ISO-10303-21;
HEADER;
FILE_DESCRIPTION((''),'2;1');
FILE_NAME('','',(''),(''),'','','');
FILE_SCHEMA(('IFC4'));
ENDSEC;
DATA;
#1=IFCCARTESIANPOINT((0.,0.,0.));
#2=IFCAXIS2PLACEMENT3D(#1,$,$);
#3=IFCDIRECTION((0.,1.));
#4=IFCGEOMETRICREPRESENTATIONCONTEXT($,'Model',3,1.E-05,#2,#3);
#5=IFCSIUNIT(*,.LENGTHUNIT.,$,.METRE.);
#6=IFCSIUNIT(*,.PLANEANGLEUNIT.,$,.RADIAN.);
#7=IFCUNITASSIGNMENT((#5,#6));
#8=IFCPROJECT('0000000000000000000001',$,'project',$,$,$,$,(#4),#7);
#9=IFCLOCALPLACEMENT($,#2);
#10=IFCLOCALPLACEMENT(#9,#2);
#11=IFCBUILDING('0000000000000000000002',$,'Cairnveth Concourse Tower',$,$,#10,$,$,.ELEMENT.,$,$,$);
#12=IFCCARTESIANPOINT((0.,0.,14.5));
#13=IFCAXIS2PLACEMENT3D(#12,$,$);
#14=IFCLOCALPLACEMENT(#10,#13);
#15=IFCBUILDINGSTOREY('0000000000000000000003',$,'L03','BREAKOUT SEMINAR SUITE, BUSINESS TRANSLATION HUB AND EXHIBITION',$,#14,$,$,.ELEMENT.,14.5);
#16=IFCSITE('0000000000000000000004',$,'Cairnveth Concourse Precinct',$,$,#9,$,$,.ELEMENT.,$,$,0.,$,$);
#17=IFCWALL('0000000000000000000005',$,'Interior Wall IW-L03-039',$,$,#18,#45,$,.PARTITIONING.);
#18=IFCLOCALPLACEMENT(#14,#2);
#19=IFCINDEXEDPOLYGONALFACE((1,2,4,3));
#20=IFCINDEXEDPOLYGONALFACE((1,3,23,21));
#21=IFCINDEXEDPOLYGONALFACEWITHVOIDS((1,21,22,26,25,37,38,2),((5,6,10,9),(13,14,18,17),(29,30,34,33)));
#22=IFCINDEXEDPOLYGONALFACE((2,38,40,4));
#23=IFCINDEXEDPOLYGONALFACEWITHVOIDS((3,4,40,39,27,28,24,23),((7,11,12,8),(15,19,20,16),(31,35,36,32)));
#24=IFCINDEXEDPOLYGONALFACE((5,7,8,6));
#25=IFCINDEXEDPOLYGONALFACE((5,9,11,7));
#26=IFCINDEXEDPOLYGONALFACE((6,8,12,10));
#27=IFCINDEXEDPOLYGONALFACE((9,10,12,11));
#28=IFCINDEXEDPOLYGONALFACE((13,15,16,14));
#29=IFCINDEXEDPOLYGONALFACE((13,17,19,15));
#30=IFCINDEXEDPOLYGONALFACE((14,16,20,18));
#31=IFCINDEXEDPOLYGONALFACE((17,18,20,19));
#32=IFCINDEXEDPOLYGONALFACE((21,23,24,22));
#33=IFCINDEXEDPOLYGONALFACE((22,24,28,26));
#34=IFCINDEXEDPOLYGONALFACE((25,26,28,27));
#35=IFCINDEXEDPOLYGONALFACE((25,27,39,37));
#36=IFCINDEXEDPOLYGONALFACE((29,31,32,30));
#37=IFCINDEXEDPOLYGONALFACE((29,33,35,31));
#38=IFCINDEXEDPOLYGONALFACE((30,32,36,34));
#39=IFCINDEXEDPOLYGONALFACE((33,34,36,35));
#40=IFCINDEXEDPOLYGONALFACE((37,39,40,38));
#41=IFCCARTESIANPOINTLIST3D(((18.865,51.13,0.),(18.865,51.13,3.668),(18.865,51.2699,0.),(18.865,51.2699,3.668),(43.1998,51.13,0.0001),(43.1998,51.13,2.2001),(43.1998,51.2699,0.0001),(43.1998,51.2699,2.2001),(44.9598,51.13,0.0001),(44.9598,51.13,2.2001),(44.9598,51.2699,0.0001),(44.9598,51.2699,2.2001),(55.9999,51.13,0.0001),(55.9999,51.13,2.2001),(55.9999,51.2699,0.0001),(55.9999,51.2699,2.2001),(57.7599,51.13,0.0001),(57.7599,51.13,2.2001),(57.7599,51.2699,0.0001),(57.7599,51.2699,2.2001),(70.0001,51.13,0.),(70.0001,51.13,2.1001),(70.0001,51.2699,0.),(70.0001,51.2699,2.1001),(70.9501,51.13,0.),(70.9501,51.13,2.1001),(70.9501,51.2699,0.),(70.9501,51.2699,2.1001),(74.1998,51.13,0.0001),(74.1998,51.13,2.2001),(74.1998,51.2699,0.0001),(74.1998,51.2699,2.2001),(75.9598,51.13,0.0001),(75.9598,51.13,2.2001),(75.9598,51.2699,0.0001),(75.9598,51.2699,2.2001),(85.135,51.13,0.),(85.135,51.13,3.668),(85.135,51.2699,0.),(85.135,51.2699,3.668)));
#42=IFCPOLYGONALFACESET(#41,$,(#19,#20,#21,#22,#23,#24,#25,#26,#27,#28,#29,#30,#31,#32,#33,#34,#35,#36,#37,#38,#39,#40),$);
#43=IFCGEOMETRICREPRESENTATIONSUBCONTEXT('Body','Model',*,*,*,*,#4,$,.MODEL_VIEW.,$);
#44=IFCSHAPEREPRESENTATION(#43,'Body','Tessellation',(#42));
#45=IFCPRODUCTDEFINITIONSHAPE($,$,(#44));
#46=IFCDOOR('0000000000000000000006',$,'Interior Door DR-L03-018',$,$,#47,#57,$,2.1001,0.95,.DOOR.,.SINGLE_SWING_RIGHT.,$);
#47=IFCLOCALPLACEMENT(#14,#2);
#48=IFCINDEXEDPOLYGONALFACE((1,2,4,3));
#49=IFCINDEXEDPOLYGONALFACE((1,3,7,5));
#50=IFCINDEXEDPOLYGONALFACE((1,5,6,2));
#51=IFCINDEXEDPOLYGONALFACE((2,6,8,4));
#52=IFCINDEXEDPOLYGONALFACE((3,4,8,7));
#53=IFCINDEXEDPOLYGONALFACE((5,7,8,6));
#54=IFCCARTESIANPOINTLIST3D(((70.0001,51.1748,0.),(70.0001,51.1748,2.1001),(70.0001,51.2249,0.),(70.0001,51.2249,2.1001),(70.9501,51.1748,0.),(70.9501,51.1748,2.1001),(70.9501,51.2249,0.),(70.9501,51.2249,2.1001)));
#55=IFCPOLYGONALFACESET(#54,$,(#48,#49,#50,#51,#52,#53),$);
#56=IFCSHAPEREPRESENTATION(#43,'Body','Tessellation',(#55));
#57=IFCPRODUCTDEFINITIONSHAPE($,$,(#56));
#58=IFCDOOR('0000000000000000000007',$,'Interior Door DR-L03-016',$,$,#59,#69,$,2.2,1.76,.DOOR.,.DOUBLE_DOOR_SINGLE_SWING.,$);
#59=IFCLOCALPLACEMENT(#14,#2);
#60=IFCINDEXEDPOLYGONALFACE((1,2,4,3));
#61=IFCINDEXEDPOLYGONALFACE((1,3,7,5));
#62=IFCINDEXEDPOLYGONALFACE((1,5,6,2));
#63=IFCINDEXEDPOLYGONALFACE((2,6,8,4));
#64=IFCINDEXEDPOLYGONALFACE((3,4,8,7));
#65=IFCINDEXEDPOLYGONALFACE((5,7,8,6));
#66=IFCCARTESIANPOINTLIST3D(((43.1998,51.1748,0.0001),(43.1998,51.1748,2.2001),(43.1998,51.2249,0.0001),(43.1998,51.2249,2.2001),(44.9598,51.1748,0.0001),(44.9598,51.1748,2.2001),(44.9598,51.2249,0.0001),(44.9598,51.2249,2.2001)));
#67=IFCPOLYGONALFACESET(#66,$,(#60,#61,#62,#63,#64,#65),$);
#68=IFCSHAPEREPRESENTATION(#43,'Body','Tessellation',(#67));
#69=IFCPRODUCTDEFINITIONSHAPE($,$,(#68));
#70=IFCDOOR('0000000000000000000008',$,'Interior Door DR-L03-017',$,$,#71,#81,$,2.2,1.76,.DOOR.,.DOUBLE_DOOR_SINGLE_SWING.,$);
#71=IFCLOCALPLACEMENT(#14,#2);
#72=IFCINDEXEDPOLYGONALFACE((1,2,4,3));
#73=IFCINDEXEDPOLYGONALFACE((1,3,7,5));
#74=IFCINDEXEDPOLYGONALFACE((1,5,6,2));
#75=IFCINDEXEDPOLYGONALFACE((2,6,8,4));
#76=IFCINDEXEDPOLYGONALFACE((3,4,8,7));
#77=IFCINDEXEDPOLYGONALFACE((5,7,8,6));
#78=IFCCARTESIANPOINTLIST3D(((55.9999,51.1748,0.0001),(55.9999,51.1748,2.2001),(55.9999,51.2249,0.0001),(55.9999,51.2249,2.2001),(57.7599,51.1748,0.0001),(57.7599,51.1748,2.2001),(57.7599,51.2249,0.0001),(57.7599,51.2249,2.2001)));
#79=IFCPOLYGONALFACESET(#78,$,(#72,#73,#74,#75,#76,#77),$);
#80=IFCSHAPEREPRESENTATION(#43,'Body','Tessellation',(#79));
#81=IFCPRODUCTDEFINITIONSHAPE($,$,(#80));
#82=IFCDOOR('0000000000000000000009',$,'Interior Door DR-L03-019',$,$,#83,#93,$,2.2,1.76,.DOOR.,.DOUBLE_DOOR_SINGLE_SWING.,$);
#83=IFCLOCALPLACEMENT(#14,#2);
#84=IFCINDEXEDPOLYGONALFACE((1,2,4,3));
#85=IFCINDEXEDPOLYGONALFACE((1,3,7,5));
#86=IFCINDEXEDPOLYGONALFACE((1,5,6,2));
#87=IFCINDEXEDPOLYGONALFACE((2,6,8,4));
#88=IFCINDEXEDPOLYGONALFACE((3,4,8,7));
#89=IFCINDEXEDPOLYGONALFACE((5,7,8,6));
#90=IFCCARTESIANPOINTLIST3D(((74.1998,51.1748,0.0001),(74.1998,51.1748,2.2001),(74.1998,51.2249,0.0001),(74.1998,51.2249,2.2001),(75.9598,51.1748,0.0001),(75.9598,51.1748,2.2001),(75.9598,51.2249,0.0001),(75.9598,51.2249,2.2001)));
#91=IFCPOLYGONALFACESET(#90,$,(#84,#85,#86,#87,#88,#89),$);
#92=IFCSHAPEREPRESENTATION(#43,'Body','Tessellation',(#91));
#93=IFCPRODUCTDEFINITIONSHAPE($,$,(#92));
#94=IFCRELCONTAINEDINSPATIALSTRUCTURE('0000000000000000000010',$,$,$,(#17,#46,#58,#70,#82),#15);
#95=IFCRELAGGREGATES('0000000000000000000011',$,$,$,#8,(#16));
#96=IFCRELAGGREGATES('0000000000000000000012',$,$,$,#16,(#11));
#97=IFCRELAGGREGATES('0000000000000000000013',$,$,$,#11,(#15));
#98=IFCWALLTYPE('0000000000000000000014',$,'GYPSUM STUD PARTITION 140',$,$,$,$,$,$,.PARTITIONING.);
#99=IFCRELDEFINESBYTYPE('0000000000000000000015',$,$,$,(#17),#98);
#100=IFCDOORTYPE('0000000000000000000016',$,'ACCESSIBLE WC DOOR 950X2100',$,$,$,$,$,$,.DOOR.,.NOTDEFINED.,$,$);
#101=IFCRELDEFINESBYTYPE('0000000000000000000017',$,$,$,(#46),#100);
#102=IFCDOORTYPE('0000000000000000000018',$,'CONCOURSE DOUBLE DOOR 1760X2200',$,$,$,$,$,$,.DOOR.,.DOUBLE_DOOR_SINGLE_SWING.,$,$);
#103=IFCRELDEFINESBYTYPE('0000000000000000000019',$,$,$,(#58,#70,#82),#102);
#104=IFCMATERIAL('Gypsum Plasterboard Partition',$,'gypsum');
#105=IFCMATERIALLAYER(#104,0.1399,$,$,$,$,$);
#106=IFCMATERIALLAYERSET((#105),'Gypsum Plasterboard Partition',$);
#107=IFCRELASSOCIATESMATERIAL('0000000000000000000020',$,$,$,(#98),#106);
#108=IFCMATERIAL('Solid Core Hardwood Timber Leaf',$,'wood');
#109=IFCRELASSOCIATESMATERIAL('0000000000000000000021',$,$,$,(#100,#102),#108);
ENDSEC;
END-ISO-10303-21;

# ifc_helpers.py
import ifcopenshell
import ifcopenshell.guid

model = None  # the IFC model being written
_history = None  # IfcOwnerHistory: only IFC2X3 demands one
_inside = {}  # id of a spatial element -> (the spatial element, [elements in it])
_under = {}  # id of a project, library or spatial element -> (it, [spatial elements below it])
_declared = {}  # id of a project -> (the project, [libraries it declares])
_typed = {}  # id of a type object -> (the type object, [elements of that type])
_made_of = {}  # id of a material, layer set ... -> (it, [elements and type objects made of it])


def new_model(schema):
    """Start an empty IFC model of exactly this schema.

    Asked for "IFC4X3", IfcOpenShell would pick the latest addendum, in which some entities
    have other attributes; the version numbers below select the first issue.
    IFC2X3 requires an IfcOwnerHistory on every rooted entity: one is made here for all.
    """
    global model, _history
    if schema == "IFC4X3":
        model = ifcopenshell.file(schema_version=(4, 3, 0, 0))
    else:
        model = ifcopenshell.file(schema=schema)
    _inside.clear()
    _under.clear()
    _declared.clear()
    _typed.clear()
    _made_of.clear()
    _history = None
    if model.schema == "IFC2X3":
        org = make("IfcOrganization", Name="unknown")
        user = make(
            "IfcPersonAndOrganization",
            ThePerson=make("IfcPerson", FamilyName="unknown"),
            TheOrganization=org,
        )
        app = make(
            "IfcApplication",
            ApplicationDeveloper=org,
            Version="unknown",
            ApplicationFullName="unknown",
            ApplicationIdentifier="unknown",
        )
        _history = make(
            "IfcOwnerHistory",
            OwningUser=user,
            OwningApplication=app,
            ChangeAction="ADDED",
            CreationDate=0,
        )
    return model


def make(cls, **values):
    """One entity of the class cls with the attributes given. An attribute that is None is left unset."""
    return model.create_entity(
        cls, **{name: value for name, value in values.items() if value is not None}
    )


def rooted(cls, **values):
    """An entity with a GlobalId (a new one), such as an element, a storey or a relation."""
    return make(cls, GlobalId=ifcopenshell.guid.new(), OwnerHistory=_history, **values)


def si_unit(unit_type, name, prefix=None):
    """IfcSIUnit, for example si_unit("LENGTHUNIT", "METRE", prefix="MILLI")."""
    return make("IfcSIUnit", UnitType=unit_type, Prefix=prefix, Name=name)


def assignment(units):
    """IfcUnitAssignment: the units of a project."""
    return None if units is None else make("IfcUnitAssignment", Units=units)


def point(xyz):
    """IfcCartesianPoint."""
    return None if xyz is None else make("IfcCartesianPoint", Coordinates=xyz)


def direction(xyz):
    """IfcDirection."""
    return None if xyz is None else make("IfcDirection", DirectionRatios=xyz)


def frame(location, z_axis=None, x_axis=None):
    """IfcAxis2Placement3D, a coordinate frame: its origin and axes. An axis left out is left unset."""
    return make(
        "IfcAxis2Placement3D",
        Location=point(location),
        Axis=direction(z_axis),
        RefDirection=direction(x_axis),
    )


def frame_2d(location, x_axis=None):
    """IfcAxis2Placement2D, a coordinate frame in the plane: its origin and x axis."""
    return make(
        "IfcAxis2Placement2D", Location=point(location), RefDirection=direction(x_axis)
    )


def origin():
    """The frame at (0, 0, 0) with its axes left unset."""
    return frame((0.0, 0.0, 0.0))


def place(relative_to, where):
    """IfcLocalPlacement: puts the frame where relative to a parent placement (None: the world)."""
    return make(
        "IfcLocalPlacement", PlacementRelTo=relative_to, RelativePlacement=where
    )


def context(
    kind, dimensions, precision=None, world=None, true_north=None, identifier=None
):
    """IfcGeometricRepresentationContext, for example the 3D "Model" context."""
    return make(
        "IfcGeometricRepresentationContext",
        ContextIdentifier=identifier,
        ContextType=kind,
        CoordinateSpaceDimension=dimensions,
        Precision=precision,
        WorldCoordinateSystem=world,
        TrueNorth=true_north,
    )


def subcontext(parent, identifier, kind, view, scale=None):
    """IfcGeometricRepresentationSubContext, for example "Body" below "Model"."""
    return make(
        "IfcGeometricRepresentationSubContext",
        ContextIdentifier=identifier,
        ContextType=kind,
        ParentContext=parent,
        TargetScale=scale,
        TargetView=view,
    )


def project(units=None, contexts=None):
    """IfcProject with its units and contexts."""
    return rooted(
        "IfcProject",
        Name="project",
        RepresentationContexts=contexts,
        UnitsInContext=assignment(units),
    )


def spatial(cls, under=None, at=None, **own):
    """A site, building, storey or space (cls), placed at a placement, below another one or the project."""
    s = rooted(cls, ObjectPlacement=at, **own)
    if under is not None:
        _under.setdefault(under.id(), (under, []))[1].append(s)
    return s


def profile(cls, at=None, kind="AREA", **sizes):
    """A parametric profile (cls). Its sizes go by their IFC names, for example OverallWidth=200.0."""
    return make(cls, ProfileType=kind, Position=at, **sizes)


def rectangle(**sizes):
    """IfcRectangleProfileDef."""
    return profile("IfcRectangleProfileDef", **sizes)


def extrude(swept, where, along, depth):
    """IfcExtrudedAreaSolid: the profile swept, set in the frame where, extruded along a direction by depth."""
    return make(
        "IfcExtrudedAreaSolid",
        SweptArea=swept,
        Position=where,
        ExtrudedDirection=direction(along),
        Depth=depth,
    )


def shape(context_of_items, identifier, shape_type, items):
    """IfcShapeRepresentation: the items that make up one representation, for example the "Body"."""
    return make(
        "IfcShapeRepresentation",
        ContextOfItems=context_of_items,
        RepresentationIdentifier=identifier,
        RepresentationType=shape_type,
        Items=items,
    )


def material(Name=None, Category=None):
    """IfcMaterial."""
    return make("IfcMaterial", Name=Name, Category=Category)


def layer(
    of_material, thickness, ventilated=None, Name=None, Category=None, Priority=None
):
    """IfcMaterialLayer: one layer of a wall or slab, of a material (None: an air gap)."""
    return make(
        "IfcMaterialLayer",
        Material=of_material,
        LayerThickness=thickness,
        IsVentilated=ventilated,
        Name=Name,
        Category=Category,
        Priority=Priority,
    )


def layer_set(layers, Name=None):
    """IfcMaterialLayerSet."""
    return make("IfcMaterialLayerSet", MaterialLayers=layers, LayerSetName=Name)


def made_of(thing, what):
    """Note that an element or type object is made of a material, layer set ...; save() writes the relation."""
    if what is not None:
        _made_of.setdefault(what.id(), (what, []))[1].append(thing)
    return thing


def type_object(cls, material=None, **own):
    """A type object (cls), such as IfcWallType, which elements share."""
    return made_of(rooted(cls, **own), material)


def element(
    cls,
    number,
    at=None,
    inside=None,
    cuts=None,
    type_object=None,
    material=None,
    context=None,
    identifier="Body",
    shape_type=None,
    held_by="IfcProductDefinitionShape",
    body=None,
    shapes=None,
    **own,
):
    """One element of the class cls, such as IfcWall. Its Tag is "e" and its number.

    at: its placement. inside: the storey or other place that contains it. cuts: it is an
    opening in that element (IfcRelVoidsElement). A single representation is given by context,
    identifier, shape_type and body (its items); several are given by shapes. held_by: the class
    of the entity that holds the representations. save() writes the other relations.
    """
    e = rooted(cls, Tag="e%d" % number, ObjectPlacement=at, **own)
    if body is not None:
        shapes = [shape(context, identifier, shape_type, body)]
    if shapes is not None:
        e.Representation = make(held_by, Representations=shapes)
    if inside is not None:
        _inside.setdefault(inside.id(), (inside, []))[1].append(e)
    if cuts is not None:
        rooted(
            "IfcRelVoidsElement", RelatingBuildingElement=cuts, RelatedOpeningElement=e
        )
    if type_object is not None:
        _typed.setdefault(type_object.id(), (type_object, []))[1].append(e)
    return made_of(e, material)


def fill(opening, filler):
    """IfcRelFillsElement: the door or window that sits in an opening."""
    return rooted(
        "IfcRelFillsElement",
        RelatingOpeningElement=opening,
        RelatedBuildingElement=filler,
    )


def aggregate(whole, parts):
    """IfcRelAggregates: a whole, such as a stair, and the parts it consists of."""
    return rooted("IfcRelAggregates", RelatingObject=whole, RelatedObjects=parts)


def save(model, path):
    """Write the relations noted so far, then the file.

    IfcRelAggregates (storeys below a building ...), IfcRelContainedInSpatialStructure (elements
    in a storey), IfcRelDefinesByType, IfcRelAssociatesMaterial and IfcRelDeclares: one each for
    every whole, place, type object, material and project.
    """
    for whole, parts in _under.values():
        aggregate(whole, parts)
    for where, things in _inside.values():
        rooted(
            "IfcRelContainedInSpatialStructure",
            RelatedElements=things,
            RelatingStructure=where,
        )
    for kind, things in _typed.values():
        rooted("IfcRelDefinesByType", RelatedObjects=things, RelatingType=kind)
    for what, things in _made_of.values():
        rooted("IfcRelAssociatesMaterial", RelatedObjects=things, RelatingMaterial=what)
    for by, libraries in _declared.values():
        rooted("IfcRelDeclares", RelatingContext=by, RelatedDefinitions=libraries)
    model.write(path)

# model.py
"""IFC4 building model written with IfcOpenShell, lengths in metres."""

from ifc_helpers import new_model, si_unit, direction, frame, frame_2d, origin, place, context, subcontext, project, spatial, rectangle, extrude, material, layer, layer_set, type_object, element, fill, save


model = new_model("IFC4")

# Units and contexts
model_context = context("Model", 3, precision=1e-05, world=origin(), true_north=direction((0.0, 1.0)))
body_context = subcontext(model_context, "Body", "Model", "MODEL_VIEW")
ifc_project = project(units=[si_unit("LENGTHUNIT", "METRE"), si_unit("PLANEANGLEUNIT", "RADIAN")], contexts=[model_context])

# Site, building, storey
site_placement = place(None, origin())
site = spatial("IfcSite", under=ifc_project, at=site_placement, Name="Cairnveth Concourse Precinct", CompositionType="ELEMENT", RefElevation=0.0)
building_placement = place(site_placement, origin())
building = spatial("IfcBuilding", under=site, at=building_placement, Name="Cairnveth Concourse Tower", CompositionType="ELEMENT")
storey_placement = place(building_placement, frame((0.0, 0.0, 14.5)))
storey = spatial("IfcBuildingStorey", under=building, at=storey_placement, Name="L03", Description="BREAKOUT SEMINAR SUITE, BUSINESS TRANSLATION HUB AND EXHIBITION", CompositionType="ELEMENT", Elevation=14.5)

# Wall, openings, doors
ifc_material_1 = material(Name="Gypsum Plasterboard Partition", Category="gypsum")
ifc_layer_1 = layer(ifc_material_1, 0.1399)
ifc_layer_set_1 = layer_set([ifc_layer_1], Name="Gypsum Plasterboard Partition")
wall_type_1 = type_object("IfcWallType", Name="GYPSUM STUD PARTITION 140", PredefinedType="PARTITIONING", material=ifc_layer_set_1)
wall_1_placement = place(storey_placement, frame((18.865, 51.2, 0.0), z_axis=(0.0, 0.0, 1.0), x_axis=(1.0, 0.0, 0.0)))
wall_1 = element("IfcWall", 1, at=wall_1_placement, inside=storey, type_object=wall_type_1, Name="Interior Wall IW-L03-039", PredefinedType="PARTITIONING", context=body_context, shape_type="SweptSolid", body=[
    extrude(rectangle(XDim=66.27, YDim=0.1399, at=frame_2d((33.135, 0.0))), origin(), (0.0, 0.0, 1.0), 3.668),
])
opening_1_placement = place(wall_1_placement, frame((24.335, 0.0, 0.0)))
opening_1 = element("IfcOpeningElement", 2, at=opening_1_placement, cuts=wall_1, PredefinedType="OPENING", context=body_context, shape_type="SweptSolid", body=[
    extrude(rectangle(XDim=1.76, YDim=2.2, at=frame_2d((0.8799, 1.1001))), frame((0.0, 0.0798, 0.0), z_axis=(0.0, -1.0, 0.0), x_axis=(1.0, 0.0, 0.0)), (0.0, 0.0, 1.0), 0.1599),
])
opening_2_placement = place(wall_1_placement, frame((37.135, 0.0, 0.0)))
opening_2 = element("IfcOpeningElement", 3, at=opening_2_placement, cuts=wall_1, PredefinedType="OPENING", context=body_context, shape_type="SweptSolid", body=[
    extrude(rectangle(XDim=1.76, YDim=2.2, at=frame_2d((0.8799, 1.1001))), frame((0.0, 0.0798, 0.0), z_axis=(0.0, -1.0, 0.0), x_axis=(1.0, 0.0, 0.0)), (0.0, 0.0, 1.0), 0.1599),
])
opening_3_placement = place(wall_1_placement, frame((51.135, 0.0, 0.0)))
opening_3 = element("IfcOpeningElement", 4, at=opening_3_placement, cuts=wall_1, PredefinedType="OPENING", context=body_context, shape_type="SweptSolid", body=[
    extrude(rectangle(XDim=0.95, YDim=2.1001, at=frame_2d((0.4751, 1.05))), frame((0.0, 0.0798, 0.0), z_axis=(0.0, -1.0, 0.0), x_axis=(1.0, 0.0, 0.0)), (0.0, 0.0, 1.0), 0.1599),
])
opening_4_placement = place(wall_1_placement, frame((55.335, 0.0, 0.0)))
opening_4 = element("IfcOpeningElement", 5, at=opening_4_placement, cuts=wall_1, PredefinedType="OPENING", context=body_context, shape_type="SweptSolid", body=[
    extrude(rectangle(XDim=1.76, YDim=2.2, at=frame_2d((0.8799, 1.1001))), frame((0.0, 0.0798, 0.0), z_axis=(0.0, -1.0, 0.0), x_axis=(1.0, 0.0, 0.0)), (0.0, 0.0, 1.0), 0.1599),
])
ifc_material_2 = material(Name="Solid Core Hardwood Timber Leaf", Category="wood")
door_type_1 = type_object("IfcDoorType", Name="ACCESSIBLE WC DOOR 950X2100", OperationType="NOTDEFINED", PredefinedType="DOOR", material=ifc_material_2)
door_1_placement = place(opening_3_placement, origin())
door_1 = element("IfcDoor", 6, at=door_1_placement, inside=storey, type_object=door_type_1, Name="Interior Door DR-L03-018", OperationType="SINGLE_SWING_RIGHT", OverallHeight=2.1001, OverallWidth=0.95, PredefinedType="DOOR", context=body_context, shape_type="SweptSolid", body=[
    extrude(rectangle(XDim=0.95, YDim=2.1001, at=frame_2d((0.4751, 1.05))), frame((0.0, 0.0249, 0.0), z_axis=(0.0, -1.0, 0.0), x_axis=(1.0, 0.0, 0.0)), (0.0, 0.0, 1.0), 0.05),
])
fill(opening_3, door_1)
door_type_2 = type_object("IfcDoorType", Name="CONCOURSE DOUBLE DOOR 1760X2200", OperationType="DOUBLE_DOOR_SINGLE_SWING", PredefinedType="DOOR", material=ifc_material_2)
door_2_placement = place(opening_1_placement, origin())
door_2 = element("IfcDoor", 7, at=door_2_placement, inside=storey, type_object=door_type_2, Name="Interior Door DR-L03-016", OperationType="DOUBLE_DOOR_SINGLE_SWING", OverallHeight=2.2, OverallWidth=1.76, PredefinedType="DOOR", context=body_context, shape_type="SweptSolid", body=[
    extrude(rectangle(XDim=1.76, YDim=2.2, at=frame_2d((0.8799, 1.1001))), frame((0.0, 0.0249, 0.0), z_axis=(0.0, -1.0, 0.0), x_axis=(1.0, 0.0, 0.0)), (0.0, 0.0, 1.0), 0.05),
])
fill(opening_1, door_2)
door_3_placement = place(opening_2_placement, origin())
door_3 = element("IfcDoor", 8, at=door_3_placement, inside=storey, type_object=door_type_2, Name="Interior Door DR-L03-017", OperationType="DOUBLE_DOOR_SINGLE_SWING", OverallHeight=2.2, OverallWidth=1.76, PredefinedType="DOOR", context=body_context, shape_type="SweptSolid", body=[
    extrude(rectangle(XDim=1.76, YDim=2.2, at=frame_2d((0.8799, 1.1001))), frame((0.0, 0.0249, 0.0), z_axis=(0.0, -1.0, 0.0), x_axis=(1.0, 0.0, 0.0)), (0.0, 0.0, 1.0), 0.05),
])
fill(opening_2, door_3)
door_4_placement = place(opening_4_placement, origin())
door_4 = element("IfcDoor", 9, at=door_4_placement, inside=storey, type_object=door_type_2, Name="Interior Door DR-L03-019", OperationType="DOUBLE_DOOR_SINGLE_SWING", OverallHeight=2.2, OverallWidth=1.76, PredefinedType="DOOR", context=body_context, shape_type="SweptSolid", body=[
    extrude(rectangle(XDim=1.76, YDim=2.2, at=frame_2d((0.8799, 1.1001))), frame((0.0, 0.0249, 0.0), z_axis=(0.0, -1.0, 0.0), x_axis=(1.0, 0.0, 0.0)), (0.0, 0.0, 1.0), 0.05),
])
fill(opening_4, door_4)

save(model, "model.ifc")
